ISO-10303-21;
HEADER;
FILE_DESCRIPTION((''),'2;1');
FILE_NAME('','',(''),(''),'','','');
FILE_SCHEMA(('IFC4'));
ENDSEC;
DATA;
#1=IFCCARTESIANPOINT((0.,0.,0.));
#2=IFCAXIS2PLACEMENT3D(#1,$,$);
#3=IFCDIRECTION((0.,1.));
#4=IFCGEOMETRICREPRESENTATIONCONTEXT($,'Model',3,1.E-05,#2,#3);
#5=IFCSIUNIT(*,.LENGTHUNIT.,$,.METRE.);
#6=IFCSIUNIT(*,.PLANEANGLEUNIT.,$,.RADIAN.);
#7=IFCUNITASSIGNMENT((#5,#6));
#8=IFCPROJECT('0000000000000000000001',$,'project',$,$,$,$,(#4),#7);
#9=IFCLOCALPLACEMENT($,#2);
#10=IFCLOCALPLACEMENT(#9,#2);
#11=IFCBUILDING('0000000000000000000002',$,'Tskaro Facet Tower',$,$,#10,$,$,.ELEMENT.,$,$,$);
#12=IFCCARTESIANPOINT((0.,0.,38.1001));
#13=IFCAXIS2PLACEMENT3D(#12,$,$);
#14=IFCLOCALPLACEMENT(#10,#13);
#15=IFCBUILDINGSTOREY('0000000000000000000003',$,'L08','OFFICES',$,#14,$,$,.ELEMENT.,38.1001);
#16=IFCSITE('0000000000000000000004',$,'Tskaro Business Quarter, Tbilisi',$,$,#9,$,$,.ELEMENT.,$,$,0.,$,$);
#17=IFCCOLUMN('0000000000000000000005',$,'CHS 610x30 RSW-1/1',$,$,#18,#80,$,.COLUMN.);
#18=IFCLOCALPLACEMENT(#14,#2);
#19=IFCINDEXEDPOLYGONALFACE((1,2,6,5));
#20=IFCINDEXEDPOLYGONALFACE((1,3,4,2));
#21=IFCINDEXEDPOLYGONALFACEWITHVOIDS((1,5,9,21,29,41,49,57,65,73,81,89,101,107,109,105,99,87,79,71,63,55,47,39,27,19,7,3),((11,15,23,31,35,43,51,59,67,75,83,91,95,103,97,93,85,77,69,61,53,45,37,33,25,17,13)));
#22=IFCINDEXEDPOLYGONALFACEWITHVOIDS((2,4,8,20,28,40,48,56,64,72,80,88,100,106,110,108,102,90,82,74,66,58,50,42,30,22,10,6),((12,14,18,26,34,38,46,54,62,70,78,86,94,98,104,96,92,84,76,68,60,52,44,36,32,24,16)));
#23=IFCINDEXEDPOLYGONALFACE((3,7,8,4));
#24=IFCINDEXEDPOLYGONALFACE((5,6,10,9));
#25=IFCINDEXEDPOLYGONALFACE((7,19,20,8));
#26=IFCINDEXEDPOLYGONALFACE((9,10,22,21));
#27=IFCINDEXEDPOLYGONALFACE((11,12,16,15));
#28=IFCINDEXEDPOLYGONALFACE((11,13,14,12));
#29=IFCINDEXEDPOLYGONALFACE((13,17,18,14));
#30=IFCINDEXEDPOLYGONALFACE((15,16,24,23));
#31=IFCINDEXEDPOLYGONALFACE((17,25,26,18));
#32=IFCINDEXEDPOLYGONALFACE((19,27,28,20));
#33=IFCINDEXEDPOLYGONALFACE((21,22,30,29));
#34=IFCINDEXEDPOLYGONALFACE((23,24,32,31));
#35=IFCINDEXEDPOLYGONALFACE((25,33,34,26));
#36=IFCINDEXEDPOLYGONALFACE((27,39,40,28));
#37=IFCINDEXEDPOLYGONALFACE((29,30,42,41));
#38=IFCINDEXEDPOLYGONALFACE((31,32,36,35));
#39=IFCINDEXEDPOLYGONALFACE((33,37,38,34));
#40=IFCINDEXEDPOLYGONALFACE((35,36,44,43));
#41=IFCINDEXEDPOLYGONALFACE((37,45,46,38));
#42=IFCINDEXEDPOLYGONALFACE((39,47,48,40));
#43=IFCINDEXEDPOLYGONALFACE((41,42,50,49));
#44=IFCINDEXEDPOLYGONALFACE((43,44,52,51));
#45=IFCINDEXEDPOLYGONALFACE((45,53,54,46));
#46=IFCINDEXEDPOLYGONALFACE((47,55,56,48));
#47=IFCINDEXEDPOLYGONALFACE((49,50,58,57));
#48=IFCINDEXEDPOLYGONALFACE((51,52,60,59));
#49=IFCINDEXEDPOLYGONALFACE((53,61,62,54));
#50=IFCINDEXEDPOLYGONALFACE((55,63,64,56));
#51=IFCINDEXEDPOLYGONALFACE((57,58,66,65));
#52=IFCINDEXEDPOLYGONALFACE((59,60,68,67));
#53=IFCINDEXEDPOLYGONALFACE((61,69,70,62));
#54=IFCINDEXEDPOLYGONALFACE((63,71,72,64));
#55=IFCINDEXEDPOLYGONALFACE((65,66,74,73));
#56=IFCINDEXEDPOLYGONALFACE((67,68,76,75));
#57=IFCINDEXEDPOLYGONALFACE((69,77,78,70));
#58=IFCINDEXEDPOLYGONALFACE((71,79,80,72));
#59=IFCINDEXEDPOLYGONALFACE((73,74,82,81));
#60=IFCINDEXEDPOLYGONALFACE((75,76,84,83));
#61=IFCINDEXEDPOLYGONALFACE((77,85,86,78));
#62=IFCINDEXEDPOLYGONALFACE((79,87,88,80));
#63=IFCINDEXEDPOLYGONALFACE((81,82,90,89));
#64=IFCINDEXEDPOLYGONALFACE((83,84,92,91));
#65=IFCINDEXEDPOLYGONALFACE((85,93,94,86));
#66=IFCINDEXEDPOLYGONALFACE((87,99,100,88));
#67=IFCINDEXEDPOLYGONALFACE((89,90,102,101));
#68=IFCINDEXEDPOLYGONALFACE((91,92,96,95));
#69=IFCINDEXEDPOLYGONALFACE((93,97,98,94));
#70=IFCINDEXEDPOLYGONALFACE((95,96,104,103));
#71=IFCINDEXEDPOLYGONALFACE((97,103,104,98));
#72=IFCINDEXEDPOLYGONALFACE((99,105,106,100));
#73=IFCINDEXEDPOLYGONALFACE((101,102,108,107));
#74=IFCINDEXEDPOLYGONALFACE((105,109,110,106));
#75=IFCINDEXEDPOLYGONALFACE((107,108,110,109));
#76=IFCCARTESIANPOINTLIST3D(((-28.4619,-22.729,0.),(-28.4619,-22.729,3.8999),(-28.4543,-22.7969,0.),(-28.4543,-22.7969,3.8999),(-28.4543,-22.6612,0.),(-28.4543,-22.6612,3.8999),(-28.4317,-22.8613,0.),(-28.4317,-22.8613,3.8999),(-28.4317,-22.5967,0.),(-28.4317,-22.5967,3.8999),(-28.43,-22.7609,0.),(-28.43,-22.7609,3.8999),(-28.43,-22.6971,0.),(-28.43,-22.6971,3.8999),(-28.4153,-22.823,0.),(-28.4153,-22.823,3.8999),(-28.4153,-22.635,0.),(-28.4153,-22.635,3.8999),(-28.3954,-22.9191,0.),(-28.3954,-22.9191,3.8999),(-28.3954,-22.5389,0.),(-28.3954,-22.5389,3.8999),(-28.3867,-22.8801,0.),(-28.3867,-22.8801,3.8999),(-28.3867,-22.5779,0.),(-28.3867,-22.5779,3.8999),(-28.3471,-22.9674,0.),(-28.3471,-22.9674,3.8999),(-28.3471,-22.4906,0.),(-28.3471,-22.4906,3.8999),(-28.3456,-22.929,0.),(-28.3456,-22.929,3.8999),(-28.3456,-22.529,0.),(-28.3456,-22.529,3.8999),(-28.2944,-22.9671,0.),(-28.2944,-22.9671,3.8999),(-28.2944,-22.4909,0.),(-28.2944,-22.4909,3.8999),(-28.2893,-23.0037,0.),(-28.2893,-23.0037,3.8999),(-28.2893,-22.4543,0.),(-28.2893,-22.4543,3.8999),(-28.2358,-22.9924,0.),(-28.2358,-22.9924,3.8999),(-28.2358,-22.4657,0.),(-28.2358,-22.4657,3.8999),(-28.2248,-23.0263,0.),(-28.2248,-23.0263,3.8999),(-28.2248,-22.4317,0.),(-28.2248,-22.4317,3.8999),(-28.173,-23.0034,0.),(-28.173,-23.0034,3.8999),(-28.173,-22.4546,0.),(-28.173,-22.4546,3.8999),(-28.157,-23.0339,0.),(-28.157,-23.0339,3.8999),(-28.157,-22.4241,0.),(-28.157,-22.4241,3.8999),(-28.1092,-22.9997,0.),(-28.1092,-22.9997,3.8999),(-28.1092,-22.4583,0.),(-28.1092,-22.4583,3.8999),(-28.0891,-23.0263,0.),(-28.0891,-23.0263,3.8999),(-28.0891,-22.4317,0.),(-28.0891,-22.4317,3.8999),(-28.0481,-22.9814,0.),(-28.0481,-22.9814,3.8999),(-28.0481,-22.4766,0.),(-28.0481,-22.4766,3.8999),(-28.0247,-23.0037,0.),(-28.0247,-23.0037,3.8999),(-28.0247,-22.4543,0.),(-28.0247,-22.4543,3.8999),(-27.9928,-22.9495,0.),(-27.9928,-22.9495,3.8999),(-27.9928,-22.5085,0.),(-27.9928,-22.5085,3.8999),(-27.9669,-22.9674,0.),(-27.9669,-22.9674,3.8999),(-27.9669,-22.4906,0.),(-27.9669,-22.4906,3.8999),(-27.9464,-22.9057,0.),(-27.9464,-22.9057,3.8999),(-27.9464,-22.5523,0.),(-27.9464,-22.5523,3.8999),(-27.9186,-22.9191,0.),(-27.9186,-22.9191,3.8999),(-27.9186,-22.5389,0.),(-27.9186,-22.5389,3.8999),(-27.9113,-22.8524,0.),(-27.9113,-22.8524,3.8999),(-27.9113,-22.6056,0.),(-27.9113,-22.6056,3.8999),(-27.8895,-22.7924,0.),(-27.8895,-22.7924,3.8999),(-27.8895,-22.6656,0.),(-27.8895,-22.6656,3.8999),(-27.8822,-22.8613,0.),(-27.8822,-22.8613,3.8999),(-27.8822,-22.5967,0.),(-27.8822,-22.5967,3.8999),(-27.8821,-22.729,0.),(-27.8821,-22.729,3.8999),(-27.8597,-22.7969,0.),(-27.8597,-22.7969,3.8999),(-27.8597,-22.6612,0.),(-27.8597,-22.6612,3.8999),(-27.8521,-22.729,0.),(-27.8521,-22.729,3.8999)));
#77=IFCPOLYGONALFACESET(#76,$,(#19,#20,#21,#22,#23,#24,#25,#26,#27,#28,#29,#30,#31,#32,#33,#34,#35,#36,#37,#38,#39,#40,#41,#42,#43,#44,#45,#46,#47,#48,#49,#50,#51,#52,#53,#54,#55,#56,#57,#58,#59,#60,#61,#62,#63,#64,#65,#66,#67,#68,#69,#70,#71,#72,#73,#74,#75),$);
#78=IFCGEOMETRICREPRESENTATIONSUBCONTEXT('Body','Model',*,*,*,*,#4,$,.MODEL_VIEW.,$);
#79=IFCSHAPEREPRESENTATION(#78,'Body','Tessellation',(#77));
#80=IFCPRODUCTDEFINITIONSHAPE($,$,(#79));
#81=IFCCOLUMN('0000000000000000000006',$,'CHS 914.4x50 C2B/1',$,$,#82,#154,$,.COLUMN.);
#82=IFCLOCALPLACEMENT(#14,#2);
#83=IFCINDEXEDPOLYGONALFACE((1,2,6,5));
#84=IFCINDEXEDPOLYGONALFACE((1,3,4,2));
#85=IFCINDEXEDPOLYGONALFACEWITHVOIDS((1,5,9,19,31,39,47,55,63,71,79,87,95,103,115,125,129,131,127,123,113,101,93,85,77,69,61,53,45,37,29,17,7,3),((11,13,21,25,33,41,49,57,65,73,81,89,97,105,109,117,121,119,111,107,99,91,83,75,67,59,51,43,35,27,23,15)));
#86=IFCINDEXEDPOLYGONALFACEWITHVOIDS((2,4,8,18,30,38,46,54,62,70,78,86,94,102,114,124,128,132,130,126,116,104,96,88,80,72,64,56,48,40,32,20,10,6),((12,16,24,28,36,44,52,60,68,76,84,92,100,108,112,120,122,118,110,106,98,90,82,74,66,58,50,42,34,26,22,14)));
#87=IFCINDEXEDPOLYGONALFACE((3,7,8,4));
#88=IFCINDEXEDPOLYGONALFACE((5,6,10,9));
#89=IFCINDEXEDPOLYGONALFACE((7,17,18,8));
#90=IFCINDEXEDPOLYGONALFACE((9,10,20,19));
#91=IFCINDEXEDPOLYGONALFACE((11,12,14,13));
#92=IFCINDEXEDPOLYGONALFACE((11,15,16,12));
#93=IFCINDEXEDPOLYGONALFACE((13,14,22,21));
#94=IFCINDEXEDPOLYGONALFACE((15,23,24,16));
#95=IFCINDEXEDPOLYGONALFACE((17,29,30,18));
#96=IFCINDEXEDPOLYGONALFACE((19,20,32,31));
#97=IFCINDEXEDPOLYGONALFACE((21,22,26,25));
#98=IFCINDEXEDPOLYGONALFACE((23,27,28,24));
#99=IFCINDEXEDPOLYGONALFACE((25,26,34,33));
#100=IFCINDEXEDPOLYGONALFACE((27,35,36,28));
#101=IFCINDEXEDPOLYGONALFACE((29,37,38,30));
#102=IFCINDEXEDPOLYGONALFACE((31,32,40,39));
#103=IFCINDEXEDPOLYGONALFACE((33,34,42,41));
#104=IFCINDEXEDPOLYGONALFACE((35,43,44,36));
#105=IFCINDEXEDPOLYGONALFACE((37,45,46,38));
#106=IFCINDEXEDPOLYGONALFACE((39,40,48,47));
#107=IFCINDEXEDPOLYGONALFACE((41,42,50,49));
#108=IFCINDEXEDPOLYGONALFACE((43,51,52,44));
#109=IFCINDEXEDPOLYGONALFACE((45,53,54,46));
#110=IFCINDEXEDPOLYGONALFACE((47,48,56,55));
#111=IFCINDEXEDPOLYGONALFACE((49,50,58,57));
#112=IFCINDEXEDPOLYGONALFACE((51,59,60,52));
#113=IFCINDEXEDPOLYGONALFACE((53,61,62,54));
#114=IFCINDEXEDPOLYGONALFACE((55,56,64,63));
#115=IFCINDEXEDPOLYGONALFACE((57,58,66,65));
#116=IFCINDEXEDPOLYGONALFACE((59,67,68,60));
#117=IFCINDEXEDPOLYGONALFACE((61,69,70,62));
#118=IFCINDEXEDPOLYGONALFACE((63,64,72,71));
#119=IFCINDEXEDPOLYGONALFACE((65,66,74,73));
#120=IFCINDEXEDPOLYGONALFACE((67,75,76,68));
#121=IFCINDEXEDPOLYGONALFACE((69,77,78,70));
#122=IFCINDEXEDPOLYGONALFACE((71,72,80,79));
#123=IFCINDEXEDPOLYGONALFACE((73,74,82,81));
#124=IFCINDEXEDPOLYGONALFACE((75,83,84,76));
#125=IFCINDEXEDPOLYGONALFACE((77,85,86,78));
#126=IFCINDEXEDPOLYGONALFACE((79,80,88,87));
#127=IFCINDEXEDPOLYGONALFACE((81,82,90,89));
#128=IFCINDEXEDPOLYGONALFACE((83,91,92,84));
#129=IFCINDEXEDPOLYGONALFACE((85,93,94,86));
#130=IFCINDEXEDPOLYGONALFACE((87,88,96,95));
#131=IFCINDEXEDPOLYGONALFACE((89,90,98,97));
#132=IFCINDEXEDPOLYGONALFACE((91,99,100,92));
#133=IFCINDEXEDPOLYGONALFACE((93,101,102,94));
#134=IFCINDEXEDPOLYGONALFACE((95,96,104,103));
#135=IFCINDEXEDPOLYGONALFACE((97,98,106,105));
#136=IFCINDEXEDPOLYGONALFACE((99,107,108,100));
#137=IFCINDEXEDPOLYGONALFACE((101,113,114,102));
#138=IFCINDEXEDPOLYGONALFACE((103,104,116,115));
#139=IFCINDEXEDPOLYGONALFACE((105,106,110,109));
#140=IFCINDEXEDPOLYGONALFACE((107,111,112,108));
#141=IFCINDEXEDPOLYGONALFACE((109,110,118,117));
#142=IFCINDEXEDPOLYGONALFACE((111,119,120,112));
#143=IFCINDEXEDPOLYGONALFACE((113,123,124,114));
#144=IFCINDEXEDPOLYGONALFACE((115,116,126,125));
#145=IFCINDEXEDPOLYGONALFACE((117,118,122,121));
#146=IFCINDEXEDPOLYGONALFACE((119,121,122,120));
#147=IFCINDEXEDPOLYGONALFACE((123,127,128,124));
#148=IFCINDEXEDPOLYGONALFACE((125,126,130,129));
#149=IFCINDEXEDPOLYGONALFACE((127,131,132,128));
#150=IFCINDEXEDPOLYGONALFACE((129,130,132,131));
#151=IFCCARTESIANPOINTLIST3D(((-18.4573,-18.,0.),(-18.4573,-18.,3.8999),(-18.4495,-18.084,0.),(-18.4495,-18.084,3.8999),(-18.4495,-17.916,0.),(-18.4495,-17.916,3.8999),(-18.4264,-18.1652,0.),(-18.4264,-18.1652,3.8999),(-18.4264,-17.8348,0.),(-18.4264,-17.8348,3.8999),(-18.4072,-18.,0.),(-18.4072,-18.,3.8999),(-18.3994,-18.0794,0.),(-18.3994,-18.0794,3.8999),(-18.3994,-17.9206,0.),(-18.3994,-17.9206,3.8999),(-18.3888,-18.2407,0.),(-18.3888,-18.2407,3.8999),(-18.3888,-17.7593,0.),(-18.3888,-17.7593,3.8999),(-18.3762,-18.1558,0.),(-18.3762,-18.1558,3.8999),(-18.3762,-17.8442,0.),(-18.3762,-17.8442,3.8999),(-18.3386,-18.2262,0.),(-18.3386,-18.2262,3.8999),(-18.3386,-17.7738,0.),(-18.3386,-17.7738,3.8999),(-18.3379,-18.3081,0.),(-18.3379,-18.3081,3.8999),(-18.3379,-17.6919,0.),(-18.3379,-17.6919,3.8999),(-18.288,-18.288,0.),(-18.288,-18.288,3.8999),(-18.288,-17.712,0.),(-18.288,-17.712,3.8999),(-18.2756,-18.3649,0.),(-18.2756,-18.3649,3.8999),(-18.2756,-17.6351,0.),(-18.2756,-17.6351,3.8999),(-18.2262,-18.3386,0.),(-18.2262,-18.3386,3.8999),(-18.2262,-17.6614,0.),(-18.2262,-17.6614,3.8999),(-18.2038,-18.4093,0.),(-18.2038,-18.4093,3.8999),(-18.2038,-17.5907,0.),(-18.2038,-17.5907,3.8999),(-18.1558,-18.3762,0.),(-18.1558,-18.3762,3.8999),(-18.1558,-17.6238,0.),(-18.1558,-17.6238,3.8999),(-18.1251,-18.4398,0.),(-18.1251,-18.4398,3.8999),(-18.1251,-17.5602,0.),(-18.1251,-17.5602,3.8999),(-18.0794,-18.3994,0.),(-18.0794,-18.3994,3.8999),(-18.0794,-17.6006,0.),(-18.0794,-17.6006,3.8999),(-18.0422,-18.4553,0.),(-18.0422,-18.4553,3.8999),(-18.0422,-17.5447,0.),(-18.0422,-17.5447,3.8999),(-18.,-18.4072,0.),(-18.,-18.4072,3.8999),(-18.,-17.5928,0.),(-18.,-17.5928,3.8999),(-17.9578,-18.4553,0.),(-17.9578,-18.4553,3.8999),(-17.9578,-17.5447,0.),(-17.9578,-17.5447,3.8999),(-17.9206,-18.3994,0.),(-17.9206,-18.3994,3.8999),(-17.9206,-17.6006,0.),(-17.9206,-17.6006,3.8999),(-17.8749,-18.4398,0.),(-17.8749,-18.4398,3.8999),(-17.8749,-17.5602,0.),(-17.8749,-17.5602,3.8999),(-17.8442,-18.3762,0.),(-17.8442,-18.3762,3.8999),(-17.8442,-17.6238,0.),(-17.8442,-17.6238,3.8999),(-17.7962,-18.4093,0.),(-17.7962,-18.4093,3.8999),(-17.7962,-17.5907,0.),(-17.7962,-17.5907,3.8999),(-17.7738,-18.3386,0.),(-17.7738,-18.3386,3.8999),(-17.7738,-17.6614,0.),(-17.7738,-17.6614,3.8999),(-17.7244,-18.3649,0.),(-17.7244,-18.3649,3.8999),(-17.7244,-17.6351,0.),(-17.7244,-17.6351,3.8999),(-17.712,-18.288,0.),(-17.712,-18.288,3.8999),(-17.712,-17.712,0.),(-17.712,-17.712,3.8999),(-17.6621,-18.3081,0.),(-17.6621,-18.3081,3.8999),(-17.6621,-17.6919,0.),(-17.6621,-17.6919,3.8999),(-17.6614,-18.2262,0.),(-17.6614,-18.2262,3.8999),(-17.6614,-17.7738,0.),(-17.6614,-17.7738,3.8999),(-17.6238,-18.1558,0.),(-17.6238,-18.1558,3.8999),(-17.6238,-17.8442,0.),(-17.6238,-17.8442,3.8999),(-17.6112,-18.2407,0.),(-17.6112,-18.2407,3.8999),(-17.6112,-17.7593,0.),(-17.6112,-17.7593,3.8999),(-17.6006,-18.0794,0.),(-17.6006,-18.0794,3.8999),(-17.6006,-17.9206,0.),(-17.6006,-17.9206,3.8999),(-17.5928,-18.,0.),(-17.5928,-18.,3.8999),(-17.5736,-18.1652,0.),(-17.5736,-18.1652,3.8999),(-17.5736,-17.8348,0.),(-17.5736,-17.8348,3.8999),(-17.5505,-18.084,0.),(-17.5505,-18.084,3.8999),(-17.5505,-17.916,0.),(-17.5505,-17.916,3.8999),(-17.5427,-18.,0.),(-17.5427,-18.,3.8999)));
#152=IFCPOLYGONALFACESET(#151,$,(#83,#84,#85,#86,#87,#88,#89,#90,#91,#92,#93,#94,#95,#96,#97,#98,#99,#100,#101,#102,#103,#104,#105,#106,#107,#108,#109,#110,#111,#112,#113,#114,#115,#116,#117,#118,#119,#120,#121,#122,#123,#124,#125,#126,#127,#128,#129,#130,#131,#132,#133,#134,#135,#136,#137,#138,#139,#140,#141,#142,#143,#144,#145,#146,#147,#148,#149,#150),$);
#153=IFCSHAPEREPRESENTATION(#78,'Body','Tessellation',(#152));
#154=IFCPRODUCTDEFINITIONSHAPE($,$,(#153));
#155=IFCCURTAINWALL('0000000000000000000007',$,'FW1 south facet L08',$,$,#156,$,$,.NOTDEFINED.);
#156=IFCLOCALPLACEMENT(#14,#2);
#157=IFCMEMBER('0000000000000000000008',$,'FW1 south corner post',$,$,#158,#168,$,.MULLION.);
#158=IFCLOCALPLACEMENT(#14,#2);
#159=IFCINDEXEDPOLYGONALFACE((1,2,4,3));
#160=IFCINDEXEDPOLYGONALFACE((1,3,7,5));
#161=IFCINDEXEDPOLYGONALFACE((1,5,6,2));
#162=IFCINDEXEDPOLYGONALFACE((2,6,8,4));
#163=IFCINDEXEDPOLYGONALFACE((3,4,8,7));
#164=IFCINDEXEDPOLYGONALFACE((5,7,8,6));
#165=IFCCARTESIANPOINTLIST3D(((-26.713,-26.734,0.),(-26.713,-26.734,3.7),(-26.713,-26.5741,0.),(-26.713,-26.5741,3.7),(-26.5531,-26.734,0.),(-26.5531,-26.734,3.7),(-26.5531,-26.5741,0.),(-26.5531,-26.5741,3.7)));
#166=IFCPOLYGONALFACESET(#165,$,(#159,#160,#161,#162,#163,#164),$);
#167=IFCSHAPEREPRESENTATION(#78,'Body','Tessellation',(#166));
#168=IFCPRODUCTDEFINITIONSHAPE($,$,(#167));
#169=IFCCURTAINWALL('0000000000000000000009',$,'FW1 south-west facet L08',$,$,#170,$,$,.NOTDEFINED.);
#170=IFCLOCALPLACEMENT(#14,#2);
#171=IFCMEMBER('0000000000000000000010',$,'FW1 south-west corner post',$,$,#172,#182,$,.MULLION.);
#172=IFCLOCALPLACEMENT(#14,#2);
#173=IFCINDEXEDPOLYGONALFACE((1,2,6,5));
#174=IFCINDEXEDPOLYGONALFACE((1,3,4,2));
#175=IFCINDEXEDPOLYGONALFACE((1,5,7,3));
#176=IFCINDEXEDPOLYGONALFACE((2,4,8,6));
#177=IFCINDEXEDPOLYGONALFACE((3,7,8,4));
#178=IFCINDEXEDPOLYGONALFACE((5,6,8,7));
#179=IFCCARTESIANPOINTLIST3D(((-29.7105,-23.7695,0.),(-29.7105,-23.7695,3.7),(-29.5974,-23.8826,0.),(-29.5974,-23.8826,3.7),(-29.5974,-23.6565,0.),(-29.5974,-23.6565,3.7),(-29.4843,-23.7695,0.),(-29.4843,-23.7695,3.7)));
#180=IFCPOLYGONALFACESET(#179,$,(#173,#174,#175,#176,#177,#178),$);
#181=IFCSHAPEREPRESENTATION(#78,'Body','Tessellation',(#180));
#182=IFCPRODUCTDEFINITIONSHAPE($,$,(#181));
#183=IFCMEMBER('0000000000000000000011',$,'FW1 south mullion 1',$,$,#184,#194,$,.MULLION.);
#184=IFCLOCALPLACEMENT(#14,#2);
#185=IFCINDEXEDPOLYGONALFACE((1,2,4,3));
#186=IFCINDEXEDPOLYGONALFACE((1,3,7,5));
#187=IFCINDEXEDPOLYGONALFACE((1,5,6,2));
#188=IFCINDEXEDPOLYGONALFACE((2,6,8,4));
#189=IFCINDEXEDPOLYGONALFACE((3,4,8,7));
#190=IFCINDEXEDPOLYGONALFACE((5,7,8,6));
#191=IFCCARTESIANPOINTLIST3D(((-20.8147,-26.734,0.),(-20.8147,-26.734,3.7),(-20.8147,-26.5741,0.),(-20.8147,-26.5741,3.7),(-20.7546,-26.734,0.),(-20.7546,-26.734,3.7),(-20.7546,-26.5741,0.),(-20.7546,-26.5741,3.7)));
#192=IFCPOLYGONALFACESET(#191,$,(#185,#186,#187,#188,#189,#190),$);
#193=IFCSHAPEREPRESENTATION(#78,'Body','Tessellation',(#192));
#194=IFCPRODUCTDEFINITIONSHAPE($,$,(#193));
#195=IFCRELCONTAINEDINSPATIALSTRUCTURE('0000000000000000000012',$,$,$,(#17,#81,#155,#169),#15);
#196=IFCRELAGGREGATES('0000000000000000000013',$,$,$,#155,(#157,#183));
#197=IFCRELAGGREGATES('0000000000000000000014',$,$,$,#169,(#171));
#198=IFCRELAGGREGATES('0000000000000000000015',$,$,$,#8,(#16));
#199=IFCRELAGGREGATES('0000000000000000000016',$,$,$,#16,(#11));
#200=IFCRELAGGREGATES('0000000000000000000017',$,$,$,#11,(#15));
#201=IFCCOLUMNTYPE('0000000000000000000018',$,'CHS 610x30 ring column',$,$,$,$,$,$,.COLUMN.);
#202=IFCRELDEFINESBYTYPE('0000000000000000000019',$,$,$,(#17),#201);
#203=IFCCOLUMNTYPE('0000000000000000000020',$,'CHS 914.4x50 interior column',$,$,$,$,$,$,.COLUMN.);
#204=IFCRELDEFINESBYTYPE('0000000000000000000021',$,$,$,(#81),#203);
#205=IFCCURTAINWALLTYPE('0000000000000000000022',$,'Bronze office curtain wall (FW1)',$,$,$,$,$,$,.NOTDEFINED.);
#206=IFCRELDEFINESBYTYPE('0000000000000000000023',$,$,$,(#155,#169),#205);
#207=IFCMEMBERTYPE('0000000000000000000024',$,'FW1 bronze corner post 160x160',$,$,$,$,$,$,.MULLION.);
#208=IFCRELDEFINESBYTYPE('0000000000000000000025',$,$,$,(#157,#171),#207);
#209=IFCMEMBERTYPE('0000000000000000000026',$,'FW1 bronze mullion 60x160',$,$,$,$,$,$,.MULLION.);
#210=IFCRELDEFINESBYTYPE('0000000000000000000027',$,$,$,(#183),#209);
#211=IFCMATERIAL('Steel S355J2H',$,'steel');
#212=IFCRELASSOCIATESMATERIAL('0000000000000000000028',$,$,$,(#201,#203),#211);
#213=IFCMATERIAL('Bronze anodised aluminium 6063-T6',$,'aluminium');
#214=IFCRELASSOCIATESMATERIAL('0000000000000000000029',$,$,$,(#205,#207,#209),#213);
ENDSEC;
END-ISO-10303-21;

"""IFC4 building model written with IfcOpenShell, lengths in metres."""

from ifc_helpers import new_model, si_unit, direction, frame, origin, origin_2d, place, context, subcontext, project, spatial, rectangle, hollow_circle, extrude, material, material_profile, profile_set, type_object, element, aggregate, save


model = new_model("IFC4")

# Units and contexts
model_context = context("Model", 3, precision=1e-05, world=origin(), true_north=direction((0.0, 1.0)))
body_context = subcontext(model_context, "Body", "Model", "MODEL_VIEW")
ifc_project = project(units=[si_unit("LENGTHUNIT", "METRE"), si_unit("PLANEANGLEUNIT", "RADIAN")], contexts=[model_context])

# Site, building, storey
site_placement = place(None, origin())
site = spatial("IfcSite", under=ifc_project, at=site_placement, Name="Tskaro Business Quarter, Tbilisi", CompositionType="ELEMENT", RefElevation=0.0)
building_placement = place(site_placement, origin())
building = spatial("IfcBuilding", under=site, at=building_placement, Name="Tskaro Facet Tower", CompositionType="ELEMENT")
storey_placement = place(building_placement, frame((0.0, 0.0, 38.1001)))
storey = spatial("IfcBuildingStorey", under=building, at=storey_placement, Name="L08", Description="OFFICES", CompositionType="ELEMENT", Elevation=38.1001)

# Columns
ifc_material_1 = material(Name="Steel S355J2H", Category="steel")
ifc_material_profile_1 = material_profile(ifc_material_1, hollow_circle(Radius=0.3049, WallThickness=0.03, at=origin_2d()), Name="CHS 610x30")
ifc_profile_set_1 = profile_set([ifc_material_profile_1], Name="Steel S355J2H")
column_type_1 = type_object("IfcColumnType", Name="CHS 610x30 ring column", PredefinedType="COLUMN", material=ifc_profile_set_1)
for number, where, z_axis, x_axis, name in (
    (1, (-28.157, -22.729, 0.0), (0.0, 0.0, 1.0), (1.0, 0.0, 0.0), "CHS 610x30 RSW-1/1"),
):
    element("IfcColumn", number, at=place(storey_placement, frame(where, z_axis=z_axis, x_axis=x_axis)), inside=storey, type_object=column_type_1, Name=name, PredefinedType="COLUMN", context=body_context, shape_type="SweptSolid", body=[
        extrude(hollow_circle(Radius=0.3049, WallThickness=0.03, at=origin_2d()), origin(), (0.0, 0.0, 1.0), 3.8999),
    ])
ifc_material_profile_2 = material_profile(ifc_material_1, hollow_circle(Radius=0.4573, WallThickness=0.05, at=origin_2d()), Name="CHS 914.4x50")
ifc_profile_set_2 = profile_set([ifc_material_profile_2], Name="Steel S355J2H")
column_type_2 = type_object("IfcColumnType", Name="CHS 914.4x50 interior column", PredefinedType="COLUMN", material=ifc_profile_set_2)
column_placement = place(storey_placement, frame((-18.0, -18.0, 0.0), z_axis=(0.0, 0.0, 1.0), x_axis=(1.0, 0.0, 0.0)))
element("IfcColumn", 2, at=column_placement, inside=storey, type_object=column_type_2, Name="CHS 914.4x50 C2B/1", PredefinedType="COLUMN", context=body_context, shape_type="SweptSolid", body=[
    extrude(hollow_circle(Radius=0.4573, WallThickness=0.05, at=origin_2d()), origin(), (0.0, 0.0, 1.0), 3.8999),
])

# Curtain walls, members
ifc_material_2 = material(Name="Bronze anodised aluminium 6063-T6", Category="aluminium")
curtain_wall_type = type_object("IfcCurtainWallType", Name="Bronze office curtain wall (FW1)", PredefinedType="NOTDEFINED", material=ifc_material_2)
curtain_wall_1_placement = place(storey_placement, origin())
curtain_wall_1 = element("IfcCurtainWall", 3, at=curtain_wall_1_placement, inside=storey, type_object=curtain_wall_type, Name="FW1 south facet L08", PredefinedType="NOTDEFINED")
ifc_material_profile_3 = material_profile(ifc_material_2, rectangle(XDim=0.1599, YDim=0.1599, at=origin_2d()), Name="Corner post 160x160")
ifc_profile_set_3 = profile_set([ifc_material_profile_3], Name="Bronze anodised aluminium 6063-T6")
member_type_1 = type_object("IfcMemberType", Name="FW1 bronze corner post 160x160", PredefinedType="MULLION", material=ifc_profile_set_3)
member_1_placement = place(storey_placement, frame((-26.6331, -26.6541, 0.0), z_axis=(0.0, 0.0, 1.0), x_axis=(1.0, 0.0, 0.0)))
member_1 = element("IfcMember", 4, at=member_1_placement, type_object=member_type_1, Name="FW1 south corner post", PredefinedType="MULLION", context=body_context, shape_type="SweptSolid", body=[
    extrude(rectangle(XDim=0.1599, YDim=0.1599, at=origin_2d()), origin(), (0.0, 0.0, 1.0), 3.7),
])
curtain_wall_2_placement = place(storey_placement, origin())
curtain_wall_2 = element("IfcCurtainWall", 5, at=curtain_wall_2_placement, inside=storey, type_object=curtain_wall_type, Name="FW1 south-west facet L08", PredefinedType="NOTDEFINED")
member_2_placement = place(storey_placement, frame((-29.5974, -23.7695, 0.0), z_axis=(0.0, 0.0, 1.0), x_axis=(0.707107, -0.707107, 0.0)))
member_2 = element("IfcMember", 6, at=member_2_placement, type_object=member_type_1, Name="FW1 south-west corner post", PredefinedType="MULLION", context=body_context, shape_type="SweptSolid", body=[
    extrude(rectangle(XDim=0.1599, YDim=0.1599, at=origin_2d()), origin(), (0.0, 0.0, 1.0), 3.7),
])

# Member
ifc_material_profile_4 = material_profile(ifc_material_2, rectangle(XDim=0.0601, YDim=0.1599, at=origin_2d()), Name="Mullion 60x160")
ifc_profile_set_4 = profile_set([ifc_material_profile_4], Name="Bronze anodised aluminium 6063-T6")
member_type_2 = type_object("IfcMemberType", Name="FW1 bronze mullion 60x160", PredefinedType="MULLION", material=ifc_profile_set_4)
member_3_placement = place(storey_placement, frame((-20.7847, -26.6541, 0.0), z_axis=(0.0, 0.0, 1.0), x_axis=(1.0, 0.0, 0.0)))
member_3 = element("IfcMember", 7, at=member_3_placement, type_object=member_type_2, Name="FW1 south mullion 1", PredefinedType="MULLION", context=body_context, shape_type="SweptSolid", body=[
    extrude(rectangle(XDim=0.0601, YDim=0.1599, at=origin_2d()), origin(), (0.0, 0.0, 1.0), 3.7),
])

aggregate(curtain_wall_1, [member_1, member_3])
aggregate(curtain_wall_2, [member_2])

save(model, "model.ifc")
